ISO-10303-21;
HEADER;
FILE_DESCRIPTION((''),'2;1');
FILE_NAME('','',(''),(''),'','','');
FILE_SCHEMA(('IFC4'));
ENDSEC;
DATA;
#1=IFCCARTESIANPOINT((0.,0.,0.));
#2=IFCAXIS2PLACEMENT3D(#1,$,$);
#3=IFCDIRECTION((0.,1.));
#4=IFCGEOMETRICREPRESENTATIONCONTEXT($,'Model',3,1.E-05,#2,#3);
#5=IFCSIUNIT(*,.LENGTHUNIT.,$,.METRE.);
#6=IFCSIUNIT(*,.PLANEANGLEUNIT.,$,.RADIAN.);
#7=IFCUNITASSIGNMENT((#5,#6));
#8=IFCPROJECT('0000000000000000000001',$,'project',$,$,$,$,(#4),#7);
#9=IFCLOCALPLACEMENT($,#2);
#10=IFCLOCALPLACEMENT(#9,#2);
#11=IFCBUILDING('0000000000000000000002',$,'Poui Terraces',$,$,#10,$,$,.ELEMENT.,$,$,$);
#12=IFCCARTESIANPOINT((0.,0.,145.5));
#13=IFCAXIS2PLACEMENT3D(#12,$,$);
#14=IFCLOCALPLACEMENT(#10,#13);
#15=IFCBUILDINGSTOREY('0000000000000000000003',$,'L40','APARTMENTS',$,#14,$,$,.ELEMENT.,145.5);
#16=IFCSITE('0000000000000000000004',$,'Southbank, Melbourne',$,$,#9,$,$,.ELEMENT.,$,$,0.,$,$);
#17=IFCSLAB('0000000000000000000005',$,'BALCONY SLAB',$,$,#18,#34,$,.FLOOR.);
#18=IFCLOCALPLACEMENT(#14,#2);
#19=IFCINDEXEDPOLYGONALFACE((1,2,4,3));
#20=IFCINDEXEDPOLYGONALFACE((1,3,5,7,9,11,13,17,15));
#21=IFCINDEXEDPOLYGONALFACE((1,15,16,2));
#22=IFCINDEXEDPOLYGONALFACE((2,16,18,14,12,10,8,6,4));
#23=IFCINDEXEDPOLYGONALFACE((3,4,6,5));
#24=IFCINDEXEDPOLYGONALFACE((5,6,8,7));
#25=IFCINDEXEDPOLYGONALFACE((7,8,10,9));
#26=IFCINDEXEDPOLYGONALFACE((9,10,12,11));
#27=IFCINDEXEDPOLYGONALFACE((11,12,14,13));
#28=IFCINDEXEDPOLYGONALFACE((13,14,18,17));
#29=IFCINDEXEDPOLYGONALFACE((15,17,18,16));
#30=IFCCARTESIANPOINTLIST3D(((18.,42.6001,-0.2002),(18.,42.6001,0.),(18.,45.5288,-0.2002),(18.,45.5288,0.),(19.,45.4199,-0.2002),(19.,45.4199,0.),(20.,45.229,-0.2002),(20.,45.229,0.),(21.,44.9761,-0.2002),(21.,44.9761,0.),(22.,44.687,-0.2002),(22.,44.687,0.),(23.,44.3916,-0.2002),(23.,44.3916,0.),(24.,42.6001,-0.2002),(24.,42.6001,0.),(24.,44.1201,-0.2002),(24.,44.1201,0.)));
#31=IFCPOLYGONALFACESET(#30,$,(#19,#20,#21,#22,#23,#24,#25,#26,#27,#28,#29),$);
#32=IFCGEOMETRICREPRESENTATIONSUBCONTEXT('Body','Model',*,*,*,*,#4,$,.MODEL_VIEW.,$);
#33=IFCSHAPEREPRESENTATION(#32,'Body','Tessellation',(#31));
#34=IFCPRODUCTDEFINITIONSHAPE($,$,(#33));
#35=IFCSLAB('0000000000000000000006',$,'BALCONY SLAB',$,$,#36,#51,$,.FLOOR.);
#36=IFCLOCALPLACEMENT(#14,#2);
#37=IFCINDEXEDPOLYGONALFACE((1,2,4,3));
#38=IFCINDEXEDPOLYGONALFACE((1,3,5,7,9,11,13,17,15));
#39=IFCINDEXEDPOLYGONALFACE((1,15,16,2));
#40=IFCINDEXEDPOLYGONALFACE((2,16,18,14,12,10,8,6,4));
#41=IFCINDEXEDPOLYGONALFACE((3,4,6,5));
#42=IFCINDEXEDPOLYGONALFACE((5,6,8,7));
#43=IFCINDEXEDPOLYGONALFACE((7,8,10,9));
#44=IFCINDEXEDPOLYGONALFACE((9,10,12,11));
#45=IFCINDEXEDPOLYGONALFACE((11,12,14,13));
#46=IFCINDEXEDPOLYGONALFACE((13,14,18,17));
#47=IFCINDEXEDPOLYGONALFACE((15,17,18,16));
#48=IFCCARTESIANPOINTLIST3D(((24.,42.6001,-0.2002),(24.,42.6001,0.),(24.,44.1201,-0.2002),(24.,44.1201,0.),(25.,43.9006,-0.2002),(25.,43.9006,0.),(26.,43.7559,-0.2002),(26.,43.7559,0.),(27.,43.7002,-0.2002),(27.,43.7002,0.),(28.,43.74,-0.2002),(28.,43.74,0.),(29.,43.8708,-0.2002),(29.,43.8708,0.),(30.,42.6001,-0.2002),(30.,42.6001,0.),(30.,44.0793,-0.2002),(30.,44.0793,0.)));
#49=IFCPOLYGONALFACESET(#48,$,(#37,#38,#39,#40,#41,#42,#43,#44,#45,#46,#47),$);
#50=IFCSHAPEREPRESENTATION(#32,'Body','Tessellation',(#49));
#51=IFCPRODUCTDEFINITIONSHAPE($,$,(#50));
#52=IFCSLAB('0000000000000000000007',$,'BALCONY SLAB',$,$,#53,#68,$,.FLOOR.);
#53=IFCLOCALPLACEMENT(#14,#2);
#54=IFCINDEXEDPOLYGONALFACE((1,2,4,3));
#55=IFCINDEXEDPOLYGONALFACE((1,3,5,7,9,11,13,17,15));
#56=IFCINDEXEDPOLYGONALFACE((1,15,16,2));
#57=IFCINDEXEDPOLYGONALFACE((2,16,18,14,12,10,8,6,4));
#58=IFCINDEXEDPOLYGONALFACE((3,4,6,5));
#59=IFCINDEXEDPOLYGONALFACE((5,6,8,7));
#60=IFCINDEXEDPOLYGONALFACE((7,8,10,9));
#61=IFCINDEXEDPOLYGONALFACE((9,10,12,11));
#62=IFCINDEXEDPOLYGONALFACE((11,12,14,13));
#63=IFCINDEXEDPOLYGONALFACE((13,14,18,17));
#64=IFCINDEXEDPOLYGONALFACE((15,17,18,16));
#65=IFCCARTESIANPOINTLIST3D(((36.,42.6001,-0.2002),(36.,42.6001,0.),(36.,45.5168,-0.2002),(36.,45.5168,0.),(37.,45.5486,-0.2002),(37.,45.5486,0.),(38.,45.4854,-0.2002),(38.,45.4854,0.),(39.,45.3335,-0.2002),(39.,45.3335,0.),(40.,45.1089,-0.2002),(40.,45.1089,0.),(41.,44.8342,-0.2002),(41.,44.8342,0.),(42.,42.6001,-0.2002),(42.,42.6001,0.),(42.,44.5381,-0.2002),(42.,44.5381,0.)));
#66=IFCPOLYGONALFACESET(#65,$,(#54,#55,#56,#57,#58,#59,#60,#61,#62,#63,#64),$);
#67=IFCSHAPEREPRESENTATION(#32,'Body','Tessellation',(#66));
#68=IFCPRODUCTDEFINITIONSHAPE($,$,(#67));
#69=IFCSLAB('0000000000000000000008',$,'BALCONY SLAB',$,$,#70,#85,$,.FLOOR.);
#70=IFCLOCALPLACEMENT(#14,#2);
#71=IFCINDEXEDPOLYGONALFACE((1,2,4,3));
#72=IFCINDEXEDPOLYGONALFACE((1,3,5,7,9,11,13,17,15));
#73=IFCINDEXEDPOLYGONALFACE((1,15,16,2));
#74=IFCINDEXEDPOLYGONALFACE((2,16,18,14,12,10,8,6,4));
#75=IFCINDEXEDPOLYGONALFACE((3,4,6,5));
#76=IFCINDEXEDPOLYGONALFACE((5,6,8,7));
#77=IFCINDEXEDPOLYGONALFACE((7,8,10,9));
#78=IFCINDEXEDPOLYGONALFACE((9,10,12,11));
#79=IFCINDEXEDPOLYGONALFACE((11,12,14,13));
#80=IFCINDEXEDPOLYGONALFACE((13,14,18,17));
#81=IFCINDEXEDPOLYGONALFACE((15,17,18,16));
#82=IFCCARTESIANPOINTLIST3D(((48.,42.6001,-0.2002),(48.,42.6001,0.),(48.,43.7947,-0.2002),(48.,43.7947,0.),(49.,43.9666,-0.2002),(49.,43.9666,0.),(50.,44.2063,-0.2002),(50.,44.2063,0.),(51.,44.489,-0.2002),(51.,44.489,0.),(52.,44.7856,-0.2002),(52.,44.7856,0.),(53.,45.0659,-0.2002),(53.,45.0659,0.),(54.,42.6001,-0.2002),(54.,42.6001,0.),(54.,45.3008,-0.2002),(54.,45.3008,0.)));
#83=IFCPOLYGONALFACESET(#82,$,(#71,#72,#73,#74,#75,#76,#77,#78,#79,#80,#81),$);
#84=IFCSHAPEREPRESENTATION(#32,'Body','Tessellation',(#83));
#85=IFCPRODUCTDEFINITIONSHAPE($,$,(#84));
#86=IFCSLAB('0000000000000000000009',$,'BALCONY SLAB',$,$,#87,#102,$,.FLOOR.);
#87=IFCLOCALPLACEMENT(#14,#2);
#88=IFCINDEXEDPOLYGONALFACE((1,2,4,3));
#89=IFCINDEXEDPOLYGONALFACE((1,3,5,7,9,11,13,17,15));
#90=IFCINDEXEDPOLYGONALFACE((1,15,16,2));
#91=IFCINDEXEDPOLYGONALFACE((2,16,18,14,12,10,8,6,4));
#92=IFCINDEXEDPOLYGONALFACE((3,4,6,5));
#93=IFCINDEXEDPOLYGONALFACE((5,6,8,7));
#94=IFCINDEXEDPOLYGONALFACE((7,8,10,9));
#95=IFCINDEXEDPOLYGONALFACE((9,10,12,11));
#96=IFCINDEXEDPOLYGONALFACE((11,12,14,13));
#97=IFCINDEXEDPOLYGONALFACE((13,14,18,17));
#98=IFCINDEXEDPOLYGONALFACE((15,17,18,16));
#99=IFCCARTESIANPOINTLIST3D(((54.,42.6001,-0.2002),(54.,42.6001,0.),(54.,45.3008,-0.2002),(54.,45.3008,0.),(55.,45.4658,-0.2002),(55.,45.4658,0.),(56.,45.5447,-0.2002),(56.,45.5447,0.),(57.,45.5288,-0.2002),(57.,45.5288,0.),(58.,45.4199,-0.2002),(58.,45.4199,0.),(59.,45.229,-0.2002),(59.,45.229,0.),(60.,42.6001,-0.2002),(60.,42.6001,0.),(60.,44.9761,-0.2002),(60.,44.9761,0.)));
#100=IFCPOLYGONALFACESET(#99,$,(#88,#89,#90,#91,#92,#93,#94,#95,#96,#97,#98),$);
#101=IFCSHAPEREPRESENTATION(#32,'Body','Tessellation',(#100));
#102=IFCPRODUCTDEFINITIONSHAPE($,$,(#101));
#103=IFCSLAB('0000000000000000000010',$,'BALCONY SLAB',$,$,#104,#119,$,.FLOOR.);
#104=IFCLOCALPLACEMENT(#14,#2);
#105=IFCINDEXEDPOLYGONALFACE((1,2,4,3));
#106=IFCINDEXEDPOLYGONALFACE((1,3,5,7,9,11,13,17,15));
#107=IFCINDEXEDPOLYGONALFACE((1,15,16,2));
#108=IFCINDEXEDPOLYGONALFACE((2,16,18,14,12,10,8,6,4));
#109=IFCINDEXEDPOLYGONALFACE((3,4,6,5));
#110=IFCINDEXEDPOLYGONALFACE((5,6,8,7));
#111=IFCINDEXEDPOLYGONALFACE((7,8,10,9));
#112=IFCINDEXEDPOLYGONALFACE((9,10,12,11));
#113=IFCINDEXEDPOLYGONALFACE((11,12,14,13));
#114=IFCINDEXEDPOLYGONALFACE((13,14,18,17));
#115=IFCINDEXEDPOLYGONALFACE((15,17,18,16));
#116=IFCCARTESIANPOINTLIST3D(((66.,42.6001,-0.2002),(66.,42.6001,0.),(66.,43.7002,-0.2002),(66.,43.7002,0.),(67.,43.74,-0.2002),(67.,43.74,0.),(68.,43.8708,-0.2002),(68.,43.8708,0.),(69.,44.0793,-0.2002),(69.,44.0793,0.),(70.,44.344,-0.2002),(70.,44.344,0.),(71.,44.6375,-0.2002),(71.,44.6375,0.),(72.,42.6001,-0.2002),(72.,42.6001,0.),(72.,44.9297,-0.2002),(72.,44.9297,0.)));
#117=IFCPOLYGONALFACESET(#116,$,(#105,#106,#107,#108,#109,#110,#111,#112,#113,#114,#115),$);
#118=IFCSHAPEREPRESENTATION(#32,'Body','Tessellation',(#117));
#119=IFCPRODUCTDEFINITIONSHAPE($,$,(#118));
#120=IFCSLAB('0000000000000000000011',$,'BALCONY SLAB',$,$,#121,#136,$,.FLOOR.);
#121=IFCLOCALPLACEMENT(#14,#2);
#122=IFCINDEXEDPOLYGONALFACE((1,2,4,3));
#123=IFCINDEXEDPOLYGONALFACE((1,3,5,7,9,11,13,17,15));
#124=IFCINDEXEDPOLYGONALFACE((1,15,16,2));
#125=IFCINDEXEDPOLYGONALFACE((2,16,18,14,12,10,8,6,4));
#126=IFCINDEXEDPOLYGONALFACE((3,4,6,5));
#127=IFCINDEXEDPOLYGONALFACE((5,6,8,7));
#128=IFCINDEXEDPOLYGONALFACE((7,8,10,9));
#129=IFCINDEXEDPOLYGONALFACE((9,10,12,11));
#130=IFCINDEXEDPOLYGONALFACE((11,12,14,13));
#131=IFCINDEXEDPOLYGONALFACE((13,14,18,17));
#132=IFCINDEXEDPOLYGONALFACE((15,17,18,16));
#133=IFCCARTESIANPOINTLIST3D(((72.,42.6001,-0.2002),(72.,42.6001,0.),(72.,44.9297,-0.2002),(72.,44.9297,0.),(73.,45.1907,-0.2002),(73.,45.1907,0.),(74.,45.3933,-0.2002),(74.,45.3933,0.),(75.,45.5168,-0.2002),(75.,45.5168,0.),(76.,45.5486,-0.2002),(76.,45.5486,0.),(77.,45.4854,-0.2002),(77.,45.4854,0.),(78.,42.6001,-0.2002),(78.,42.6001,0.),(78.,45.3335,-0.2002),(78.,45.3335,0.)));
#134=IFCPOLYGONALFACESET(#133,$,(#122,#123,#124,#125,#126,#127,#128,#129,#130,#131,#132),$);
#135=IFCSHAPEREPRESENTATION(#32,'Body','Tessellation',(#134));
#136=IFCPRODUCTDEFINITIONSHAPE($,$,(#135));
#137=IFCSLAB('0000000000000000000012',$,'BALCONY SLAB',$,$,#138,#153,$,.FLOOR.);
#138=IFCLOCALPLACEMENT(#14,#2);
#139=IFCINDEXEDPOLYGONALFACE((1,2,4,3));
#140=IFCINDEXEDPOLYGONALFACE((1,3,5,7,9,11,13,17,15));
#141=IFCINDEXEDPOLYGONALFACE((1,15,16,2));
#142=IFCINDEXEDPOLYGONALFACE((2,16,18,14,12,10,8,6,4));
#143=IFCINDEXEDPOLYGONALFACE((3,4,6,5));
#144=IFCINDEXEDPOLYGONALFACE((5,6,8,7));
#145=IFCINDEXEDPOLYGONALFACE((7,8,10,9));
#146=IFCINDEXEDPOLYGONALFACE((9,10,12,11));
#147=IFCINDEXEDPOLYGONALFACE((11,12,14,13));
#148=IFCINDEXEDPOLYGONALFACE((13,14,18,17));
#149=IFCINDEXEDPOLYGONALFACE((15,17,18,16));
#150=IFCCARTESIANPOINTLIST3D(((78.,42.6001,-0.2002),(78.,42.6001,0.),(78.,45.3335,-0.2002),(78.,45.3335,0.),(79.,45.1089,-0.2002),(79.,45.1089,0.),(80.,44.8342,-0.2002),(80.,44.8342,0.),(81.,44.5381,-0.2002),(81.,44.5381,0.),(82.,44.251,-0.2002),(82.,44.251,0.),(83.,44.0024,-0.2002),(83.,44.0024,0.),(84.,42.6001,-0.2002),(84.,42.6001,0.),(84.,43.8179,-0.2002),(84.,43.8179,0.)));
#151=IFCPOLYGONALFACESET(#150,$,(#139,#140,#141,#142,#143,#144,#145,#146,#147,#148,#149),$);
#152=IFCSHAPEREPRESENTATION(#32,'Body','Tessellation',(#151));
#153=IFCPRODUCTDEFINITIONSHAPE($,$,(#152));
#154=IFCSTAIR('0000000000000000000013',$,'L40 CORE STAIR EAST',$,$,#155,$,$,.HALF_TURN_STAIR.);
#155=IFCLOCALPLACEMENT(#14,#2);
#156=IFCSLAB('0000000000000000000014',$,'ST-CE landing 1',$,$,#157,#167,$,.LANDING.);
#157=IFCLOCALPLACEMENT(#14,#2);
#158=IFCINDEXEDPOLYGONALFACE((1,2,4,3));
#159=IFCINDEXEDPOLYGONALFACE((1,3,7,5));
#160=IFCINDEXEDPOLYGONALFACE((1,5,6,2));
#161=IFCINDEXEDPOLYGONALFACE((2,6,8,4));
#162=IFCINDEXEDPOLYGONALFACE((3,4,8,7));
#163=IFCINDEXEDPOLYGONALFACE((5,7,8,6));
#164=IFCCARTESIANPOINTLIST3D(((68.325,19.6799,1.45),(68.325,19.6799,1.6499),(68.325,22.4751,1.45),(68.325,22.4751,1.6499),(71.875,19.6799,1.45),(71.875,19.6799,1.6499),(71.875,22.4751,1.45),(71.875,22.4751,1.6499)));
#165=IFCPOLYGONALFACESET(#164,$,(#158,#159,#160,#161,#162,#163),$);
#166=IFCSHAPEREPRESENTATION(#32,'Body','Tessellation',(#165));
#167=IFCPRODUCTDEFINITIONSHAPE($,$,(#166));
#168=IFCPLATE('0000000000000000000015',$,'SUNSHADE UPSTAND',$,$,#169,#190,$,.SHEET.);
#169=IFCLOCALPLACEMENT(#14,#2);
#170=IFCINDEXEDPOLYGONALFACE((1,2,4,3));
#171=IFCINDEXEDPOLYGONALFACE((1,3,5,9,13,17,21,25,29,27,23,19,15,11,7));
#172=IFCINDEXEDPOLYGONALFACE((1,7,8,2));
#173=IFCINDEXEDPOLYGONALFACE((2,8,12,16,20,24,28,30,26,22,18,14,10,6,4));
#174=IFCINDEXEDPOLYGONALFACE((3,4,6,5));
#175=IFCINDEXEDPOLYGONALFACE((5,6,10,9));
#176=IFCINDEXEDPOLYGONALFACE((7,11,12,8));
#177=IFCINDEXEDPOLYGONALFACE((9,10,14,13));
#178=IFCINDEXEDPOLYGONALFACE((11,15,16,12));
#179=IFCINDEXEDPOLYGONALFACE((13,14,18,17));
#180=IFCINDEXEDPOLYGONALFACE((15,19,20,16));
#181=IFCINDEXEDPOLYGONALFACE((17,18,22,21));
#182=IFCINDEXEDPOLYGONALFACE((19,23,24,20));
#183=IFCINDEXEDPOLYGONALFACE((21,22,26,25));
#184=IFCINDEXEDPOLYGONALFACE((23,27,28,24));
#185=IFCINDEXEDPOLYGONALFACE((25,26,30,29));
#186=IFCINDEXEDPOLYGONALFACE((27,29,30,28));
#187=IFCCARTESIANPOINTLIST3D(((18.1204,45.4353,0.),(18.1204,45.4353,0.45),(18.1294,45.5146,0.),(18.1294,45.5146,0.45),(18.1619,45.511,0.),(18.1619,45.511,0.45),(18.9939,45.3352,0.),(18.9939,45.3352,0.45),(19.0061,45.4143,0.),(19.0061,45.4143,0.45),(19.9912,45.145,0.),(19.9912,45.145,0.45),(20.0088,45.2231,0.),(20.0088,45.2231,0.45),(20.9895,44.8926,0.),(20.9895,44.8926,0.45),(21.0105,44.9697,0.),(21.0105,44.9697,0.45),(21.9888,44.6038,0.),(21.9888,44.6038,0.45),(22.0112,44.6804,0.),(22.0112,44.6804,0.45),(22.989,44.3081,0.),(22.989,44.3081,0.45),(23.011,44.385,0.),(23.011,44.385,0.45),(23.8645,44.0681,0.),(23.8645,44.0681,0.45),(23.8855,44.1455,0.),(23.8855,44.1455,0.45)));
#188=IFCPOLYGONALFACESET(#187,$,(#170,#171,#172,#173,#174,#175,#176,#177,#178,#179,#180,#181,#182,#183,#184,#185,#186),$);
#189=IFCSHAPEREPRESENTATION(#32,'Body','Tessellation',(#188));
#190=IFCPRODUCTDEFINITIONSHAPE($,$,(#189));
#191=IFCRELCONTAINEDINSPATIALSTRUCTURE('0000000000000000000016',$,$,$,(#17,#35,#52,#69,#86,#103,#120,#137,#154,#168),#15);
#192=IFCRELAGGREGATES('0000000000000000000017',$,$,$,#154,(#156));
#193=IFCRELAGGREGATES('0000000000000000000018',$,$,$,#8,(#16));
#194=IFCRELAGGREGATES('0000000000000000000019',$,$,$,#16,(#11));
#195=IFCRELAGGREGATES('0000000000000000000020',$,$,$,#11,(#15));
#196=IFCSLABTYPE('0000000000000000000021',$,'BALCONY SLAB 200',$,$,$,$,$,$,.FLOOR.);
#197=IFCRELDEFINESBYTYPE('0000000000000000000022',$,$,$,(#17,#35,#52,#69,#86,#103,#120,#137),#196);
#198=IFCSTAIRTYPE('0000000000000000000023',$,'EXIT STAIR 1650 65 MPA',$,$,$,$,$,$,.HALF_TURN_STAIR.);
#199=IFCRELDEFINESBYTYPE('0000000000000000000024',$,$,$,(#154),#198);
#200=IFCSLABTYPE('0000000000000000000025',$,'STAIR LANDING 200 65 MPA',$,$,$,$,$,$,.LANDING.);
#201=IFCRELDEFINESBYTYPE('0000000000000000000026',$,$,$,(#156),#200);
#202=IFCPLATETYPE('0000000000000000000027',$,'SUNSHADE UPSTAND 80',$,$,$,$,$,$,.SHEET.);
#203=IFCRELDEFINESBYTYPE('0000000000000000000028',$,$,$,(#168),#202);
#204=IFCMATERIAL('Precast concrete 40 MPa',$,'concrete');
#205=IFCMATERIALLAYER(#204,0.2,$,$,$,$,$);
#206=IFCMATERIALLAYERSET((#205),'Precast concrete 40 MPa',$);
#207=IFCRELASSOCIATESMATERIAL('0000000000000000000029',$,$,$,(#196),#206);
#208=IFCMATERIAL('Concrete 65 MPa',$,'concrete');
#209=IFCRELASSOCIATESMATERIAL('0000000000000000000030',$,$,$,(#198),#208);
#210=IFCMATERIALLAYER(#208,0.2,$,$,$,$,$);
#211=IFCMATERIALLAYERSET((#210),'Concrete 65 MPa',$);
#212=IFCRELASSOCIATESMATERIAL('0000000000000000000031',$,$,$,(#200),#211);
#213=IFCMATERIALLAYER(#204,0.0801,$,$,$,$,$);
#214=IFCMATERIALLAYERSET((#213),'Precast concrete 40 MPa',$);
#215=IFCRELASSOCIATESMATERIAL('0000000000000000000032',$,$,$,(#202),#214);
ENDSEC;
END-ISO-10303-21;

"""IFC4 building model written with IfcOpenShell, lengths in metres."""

from ifc_helpers import new_model, si_unit, direction, frame, origin, place, context, subcontext, project, spatial, polyline, outline, extrude, material, layer, layer_set, type_object, element, aggregate, save


model = new_model("IFC4")

# Units and contexts
model_context = context("Model", 3, precision=1e-05, world=origin(), true_north=direction((0.0, 1.0)))
body_context = subcontext(model_context, "Body", "Model", "MODEL_VIEW")
ifc_project = project(units=[si_unit("LENGTHUNIT", "METRE"), si_unit("PLANEANGLEUNIT", "RADIAN")], contexts=[model_context])

# Site, building, storey
site_placement = place(None, origin())
site = spatial("IfcSite", under=ifc_project, at=site_placement, Name="Southbank, Melbourne", CompositionType="ELEMENT", RefElevation=0.0)
building_placement = place(site_placement, origin())
building = spatial("IfcBuilding", under=site, at=building_placement, Name="Poui Terraces", CompositionType="ELEMENT")
storey_placement = place(building_placement, frame((0.0, 0.0, 145.5)))
storey = spatial("IfcBuildingStorey", under=building, at=storey_placement, Name="L40", Description="APARTMENTS", CompositionType="ELEMENT", Elevation=145.5)

# Slabs
ifc_material_1 = material(Name="Precast concrete 40 MPa", Category="concrete")
ifc_layer_1 = layer(ifc_material_1, 0.2)
ifc_layer_set_1 = layer_set([ifc_layer_1], Name="Precast concrete 40 MPa")
slab_type_1 = type_object("IfcSlabType", Name="BALCONY SLAB 200", PredefinedType="FLOOR", material=ifc_layer_set_1)
slab_1_placement = place(storey_placement, frame((0.0, 0.0, -0.2002)))
element("IfcSlab", 1, at=slab_1_placement, inside=storey, type_object=slab_type_1, Name="BALCONY SLAB", PredefinedType="FLOOR", context=body_context, shape_type="SweptSolid", body=[
    extrude(outline(polyline([(18.0, 42.6001), (24.0, 42.6001), (24.0, 44.1201), (23.0, 44.3916), (22.0, 44.687), (21.0, 44.9761), (20.0, 45.229), (19.0, 45.4199), (18.0, 45.5288), (18.0, 42.6001)])), origin(), (0.0, 0.0, 1.0), 0.2002),
])
slab_2_placement = place(storey_placement, frame((0.0, 0.0, -0.2002)))
element("IfcSlab", 2, at=slab_2_placement, inside=storey, type_object=slab_type_1, Name="BALCONY SLAB", PredefinedType="FLOOR", context=body_context, shape_type="SweptSolid", body=[
    extrude(outline(polyline([(24.0, 42.6001), (30.0, 42.6001), (30.0, 44.0793), (29.0, 43.8708), (28.0, 43.74), (27.0, 43.7002), (26.0, 43.7559), (25.0, 43.9006), (24.0, 44.1201), (24.0, 42.6001)])), origin(), (0.0, 0.0, 1.0), 0.2002),
])
slab_3_placement = place(storey_placement, frame((0.0, 0.0, -0.2002)))
element("IfcSlab", 3, at=slab_3_placement, inside=storey, type_object=slab_type_1, Name="BALCONY SLAB", PredefinedType="FLOOR", context=body_context, shape_type="SweptSolid", body=[
    extrude(outline(polyline([(36.0, 42.6001), (42.0, 42.6001), (42.0, 44.5381), (41.0, 44.8342), (40.0, 45.1089), (39.0, 45.3335), (38.0, 45.4854), (37.0, 45.5486), (36.0, 45.5168), (36.0, 42.6001)])), origin(), (0.0, 0.0, 1.0), 0.2002),
])
slab_4_placement = place(storey_placement, frame((0.0, 0.0, -0.2002)))
element("IfcSlab", 4, at=slab_4_placement, inside=storey, type_object=slab_type_1, Name="BALCONY SLAB", PredefinedType="FLOOR", context=body_context, shape_type="SweptSolid", body=[
    extrude(outline(polyline([(48.0, 42.6001), (54.0, 42.6001), (54.0, 45.3008), (53.0, 45.0659), (52.0, 44.7856), (51.0, 44.489), (50.0, 44.2063), (49.0, 43.9666), (48.0, 43.7947), (48.0, 42.6001)])), origin(), (0.0, 0.0, 1.0), 0.2002),
])
slab_5_placement = place(storey_placement, frame((0.0, 0.0, -0.2002)))
element("IfcSlab", 5, at=slab_5_placement, inside=storey, type_object=slab_type_1, Name="BALCONY SLAB", PredefinedType="FLOOR", context=body_context, shape_type="SweptSolid", body=[
    extrude(outline(polyline([(54.0, 42.6001), (60.0, 42.6001), (60.0, 44.9761), (59.0, 45.229), (58.0, 45.4199), (57.0, 45.5288), (56.0, 45.5447), (55.0, 45.4658), (54.0, 45.3008), (54.0, 42.6001)])), origin(), (0.0, 0.0, 1.0), 0.2002),
])
slab_6_placement = place(storey_placement, frame((0.0, 0.0, -0.2002)))
element("IfcSlab", 6, at=slab_6_placement, inside=storey, type_object=slab_type_1, Name="BALCONY SLAB", PredefinedType="FLOOR", context=body_context, shape_type="SweptSolid", body=[
    extrude(outline(polyline([(66.0, 42.6001), (72.0, 42.6001), (72.0, 44.9297), (71.0, 44.6375), (70.0, 44.344), (69.0, 44.0793), (68.0, 43.8708), (67.0, 43.74), (66.0, 43.7002), (66.0, 42.6001)])), origin(), (0.0, 0.0, 1.0), 0.2002),
])
slab_7_placement = place(storey_placement, frame((0.0, 0.0, -0.2002)))
element("IfcSlab", 7, at=slab_7_placement, inside=storey, type_object=slab_type_1, Name="BALCONY SLAB", PredefinedType="FLOOR", context=body_context, shape_type="SweptSolid", body=[
    extrude(outline(polyline([(72.0, 42.6001), (78.0, 42.6001), (78.0, 45.3335), (77.0, 45.4854), (76.0, 45.5486), (75.0, 45.5168), (74.0, 45.3933), (73.0, 45.1907), (72.0, 44.9297), (72.0, 42.6001)])), origin(), (0.0, 0.0, 1.0), 0.2002),
])
slab_8_placement = place(storey_placement, frame((0.0, 0.0, -0.2002)))
element("IfcSlab", 8, at=slab_8_placement, inside=storey, type_object=slab_type_1, Name="BALCONY SLAB", PredefinedType="FLOOR", context=body_context, shape_type="SweptSolid", body=[
    extrude(outline(polyline([(78.0, 42.6001), (84.0, 42.6001), (84.0, 43.8179), (83.0, 44.0024), (82.0, 44.251), (81.0, 44.5381), (80.0, 44.8342), (79.0, 45.1089), (78.0, 45.3335), (78.0, 42.6001)])), origin(), (0.0, 0.0, 1.0), 0.2002),
])

# Stair, slab
ifc_material_2 = material(Name="Concrete 65 MPa", Category="concrete")
stair_type = type_object("IfcStairType", Name="EXIT STAIR 1650 65 MPA", PredefinedType="HALF_TURN_STAIR", material=ifc_material_2)
stair_placement = place(storey_placement, origin())
stair = element("IfcStair", 9, at=stair_placement, inside=storey, type_object=stair_type, Name="L40 CORE STAIR EAST", PredefinedType="HALF_TURN_STAIR")
ifc_layer_2 = layer(ifc_material_2, 0.2)
ifc_layer_set_2 = layer_set([ifc_layer_2], Name="Concrete 65 MPa")
slab_type_2 = type_object("IfcSlabType", Name="STAIR LANDING 200 65 MPA", PredefinedType="LANDING", material=ifc_layer_set_2)
slab_9_placement = place(storey_placement, frame((0.0, 0.0, 1.45)))
slab_9 = element("IfcSlab", 10, at=slab_9_placement, type_object=slab_type_2, Name="ST-CE landing 1", PredefinedType="LANDING", context=body_context, shape_type="SweptSolid", body=[
    extrude(outline(polyline([(68.325, 19.6799), (71.875, 19.6799), (71.875, 22.4751), (68.325, 22.4751), (68.325, 19.6799)])), origin(), (0.0, 0.0, 1.0), 0.2),
])
aggregate(stair, [slab_9])

# Plate
ifc_layer_3 = layer(ifc_material_1, 0.0801)
ifc_layer_set_3 = layer_set([ifc_layer_3], Name="Precast concrete 40 MPa")
plate_type = type_object("IfcPlateType", Name="SUNSHADE UPSTAND 80", PredefinedType="SHEET", material=ifc_layer_set_3)
plate_1_placement = place(storey_placement, origin())
element("IfcPlate", 11, at=plate_1_placement, inside=storey, type_object=plate_type, Name="SUNSHADE UPSTAND", PredefinedType="SHEET", context=body_context, shape_type="SweptSolid", body=[
    extrude(outline(polyline([(19.0061, 45.4143), (18.1619, 45.511), (18.1294, 45.5146), (18.1204, 45.4353), (18.9939, 45.3352), (19.9912, 45.145), (20.9895, 44.8926), (21.9888, 44.6038), (22.989, 44.3081), (23.8645, 44.0681), (23.8855, 44.1455), (23.011, 44.385), (22.0112, 44.6804), (21.0105, 44.9697), (20.0088, 45.2231), (19.0061, 45.4143)])), origin(), (0.0, 0.0, 1.0), 0.45),
])

save(model, "model.ifc")
